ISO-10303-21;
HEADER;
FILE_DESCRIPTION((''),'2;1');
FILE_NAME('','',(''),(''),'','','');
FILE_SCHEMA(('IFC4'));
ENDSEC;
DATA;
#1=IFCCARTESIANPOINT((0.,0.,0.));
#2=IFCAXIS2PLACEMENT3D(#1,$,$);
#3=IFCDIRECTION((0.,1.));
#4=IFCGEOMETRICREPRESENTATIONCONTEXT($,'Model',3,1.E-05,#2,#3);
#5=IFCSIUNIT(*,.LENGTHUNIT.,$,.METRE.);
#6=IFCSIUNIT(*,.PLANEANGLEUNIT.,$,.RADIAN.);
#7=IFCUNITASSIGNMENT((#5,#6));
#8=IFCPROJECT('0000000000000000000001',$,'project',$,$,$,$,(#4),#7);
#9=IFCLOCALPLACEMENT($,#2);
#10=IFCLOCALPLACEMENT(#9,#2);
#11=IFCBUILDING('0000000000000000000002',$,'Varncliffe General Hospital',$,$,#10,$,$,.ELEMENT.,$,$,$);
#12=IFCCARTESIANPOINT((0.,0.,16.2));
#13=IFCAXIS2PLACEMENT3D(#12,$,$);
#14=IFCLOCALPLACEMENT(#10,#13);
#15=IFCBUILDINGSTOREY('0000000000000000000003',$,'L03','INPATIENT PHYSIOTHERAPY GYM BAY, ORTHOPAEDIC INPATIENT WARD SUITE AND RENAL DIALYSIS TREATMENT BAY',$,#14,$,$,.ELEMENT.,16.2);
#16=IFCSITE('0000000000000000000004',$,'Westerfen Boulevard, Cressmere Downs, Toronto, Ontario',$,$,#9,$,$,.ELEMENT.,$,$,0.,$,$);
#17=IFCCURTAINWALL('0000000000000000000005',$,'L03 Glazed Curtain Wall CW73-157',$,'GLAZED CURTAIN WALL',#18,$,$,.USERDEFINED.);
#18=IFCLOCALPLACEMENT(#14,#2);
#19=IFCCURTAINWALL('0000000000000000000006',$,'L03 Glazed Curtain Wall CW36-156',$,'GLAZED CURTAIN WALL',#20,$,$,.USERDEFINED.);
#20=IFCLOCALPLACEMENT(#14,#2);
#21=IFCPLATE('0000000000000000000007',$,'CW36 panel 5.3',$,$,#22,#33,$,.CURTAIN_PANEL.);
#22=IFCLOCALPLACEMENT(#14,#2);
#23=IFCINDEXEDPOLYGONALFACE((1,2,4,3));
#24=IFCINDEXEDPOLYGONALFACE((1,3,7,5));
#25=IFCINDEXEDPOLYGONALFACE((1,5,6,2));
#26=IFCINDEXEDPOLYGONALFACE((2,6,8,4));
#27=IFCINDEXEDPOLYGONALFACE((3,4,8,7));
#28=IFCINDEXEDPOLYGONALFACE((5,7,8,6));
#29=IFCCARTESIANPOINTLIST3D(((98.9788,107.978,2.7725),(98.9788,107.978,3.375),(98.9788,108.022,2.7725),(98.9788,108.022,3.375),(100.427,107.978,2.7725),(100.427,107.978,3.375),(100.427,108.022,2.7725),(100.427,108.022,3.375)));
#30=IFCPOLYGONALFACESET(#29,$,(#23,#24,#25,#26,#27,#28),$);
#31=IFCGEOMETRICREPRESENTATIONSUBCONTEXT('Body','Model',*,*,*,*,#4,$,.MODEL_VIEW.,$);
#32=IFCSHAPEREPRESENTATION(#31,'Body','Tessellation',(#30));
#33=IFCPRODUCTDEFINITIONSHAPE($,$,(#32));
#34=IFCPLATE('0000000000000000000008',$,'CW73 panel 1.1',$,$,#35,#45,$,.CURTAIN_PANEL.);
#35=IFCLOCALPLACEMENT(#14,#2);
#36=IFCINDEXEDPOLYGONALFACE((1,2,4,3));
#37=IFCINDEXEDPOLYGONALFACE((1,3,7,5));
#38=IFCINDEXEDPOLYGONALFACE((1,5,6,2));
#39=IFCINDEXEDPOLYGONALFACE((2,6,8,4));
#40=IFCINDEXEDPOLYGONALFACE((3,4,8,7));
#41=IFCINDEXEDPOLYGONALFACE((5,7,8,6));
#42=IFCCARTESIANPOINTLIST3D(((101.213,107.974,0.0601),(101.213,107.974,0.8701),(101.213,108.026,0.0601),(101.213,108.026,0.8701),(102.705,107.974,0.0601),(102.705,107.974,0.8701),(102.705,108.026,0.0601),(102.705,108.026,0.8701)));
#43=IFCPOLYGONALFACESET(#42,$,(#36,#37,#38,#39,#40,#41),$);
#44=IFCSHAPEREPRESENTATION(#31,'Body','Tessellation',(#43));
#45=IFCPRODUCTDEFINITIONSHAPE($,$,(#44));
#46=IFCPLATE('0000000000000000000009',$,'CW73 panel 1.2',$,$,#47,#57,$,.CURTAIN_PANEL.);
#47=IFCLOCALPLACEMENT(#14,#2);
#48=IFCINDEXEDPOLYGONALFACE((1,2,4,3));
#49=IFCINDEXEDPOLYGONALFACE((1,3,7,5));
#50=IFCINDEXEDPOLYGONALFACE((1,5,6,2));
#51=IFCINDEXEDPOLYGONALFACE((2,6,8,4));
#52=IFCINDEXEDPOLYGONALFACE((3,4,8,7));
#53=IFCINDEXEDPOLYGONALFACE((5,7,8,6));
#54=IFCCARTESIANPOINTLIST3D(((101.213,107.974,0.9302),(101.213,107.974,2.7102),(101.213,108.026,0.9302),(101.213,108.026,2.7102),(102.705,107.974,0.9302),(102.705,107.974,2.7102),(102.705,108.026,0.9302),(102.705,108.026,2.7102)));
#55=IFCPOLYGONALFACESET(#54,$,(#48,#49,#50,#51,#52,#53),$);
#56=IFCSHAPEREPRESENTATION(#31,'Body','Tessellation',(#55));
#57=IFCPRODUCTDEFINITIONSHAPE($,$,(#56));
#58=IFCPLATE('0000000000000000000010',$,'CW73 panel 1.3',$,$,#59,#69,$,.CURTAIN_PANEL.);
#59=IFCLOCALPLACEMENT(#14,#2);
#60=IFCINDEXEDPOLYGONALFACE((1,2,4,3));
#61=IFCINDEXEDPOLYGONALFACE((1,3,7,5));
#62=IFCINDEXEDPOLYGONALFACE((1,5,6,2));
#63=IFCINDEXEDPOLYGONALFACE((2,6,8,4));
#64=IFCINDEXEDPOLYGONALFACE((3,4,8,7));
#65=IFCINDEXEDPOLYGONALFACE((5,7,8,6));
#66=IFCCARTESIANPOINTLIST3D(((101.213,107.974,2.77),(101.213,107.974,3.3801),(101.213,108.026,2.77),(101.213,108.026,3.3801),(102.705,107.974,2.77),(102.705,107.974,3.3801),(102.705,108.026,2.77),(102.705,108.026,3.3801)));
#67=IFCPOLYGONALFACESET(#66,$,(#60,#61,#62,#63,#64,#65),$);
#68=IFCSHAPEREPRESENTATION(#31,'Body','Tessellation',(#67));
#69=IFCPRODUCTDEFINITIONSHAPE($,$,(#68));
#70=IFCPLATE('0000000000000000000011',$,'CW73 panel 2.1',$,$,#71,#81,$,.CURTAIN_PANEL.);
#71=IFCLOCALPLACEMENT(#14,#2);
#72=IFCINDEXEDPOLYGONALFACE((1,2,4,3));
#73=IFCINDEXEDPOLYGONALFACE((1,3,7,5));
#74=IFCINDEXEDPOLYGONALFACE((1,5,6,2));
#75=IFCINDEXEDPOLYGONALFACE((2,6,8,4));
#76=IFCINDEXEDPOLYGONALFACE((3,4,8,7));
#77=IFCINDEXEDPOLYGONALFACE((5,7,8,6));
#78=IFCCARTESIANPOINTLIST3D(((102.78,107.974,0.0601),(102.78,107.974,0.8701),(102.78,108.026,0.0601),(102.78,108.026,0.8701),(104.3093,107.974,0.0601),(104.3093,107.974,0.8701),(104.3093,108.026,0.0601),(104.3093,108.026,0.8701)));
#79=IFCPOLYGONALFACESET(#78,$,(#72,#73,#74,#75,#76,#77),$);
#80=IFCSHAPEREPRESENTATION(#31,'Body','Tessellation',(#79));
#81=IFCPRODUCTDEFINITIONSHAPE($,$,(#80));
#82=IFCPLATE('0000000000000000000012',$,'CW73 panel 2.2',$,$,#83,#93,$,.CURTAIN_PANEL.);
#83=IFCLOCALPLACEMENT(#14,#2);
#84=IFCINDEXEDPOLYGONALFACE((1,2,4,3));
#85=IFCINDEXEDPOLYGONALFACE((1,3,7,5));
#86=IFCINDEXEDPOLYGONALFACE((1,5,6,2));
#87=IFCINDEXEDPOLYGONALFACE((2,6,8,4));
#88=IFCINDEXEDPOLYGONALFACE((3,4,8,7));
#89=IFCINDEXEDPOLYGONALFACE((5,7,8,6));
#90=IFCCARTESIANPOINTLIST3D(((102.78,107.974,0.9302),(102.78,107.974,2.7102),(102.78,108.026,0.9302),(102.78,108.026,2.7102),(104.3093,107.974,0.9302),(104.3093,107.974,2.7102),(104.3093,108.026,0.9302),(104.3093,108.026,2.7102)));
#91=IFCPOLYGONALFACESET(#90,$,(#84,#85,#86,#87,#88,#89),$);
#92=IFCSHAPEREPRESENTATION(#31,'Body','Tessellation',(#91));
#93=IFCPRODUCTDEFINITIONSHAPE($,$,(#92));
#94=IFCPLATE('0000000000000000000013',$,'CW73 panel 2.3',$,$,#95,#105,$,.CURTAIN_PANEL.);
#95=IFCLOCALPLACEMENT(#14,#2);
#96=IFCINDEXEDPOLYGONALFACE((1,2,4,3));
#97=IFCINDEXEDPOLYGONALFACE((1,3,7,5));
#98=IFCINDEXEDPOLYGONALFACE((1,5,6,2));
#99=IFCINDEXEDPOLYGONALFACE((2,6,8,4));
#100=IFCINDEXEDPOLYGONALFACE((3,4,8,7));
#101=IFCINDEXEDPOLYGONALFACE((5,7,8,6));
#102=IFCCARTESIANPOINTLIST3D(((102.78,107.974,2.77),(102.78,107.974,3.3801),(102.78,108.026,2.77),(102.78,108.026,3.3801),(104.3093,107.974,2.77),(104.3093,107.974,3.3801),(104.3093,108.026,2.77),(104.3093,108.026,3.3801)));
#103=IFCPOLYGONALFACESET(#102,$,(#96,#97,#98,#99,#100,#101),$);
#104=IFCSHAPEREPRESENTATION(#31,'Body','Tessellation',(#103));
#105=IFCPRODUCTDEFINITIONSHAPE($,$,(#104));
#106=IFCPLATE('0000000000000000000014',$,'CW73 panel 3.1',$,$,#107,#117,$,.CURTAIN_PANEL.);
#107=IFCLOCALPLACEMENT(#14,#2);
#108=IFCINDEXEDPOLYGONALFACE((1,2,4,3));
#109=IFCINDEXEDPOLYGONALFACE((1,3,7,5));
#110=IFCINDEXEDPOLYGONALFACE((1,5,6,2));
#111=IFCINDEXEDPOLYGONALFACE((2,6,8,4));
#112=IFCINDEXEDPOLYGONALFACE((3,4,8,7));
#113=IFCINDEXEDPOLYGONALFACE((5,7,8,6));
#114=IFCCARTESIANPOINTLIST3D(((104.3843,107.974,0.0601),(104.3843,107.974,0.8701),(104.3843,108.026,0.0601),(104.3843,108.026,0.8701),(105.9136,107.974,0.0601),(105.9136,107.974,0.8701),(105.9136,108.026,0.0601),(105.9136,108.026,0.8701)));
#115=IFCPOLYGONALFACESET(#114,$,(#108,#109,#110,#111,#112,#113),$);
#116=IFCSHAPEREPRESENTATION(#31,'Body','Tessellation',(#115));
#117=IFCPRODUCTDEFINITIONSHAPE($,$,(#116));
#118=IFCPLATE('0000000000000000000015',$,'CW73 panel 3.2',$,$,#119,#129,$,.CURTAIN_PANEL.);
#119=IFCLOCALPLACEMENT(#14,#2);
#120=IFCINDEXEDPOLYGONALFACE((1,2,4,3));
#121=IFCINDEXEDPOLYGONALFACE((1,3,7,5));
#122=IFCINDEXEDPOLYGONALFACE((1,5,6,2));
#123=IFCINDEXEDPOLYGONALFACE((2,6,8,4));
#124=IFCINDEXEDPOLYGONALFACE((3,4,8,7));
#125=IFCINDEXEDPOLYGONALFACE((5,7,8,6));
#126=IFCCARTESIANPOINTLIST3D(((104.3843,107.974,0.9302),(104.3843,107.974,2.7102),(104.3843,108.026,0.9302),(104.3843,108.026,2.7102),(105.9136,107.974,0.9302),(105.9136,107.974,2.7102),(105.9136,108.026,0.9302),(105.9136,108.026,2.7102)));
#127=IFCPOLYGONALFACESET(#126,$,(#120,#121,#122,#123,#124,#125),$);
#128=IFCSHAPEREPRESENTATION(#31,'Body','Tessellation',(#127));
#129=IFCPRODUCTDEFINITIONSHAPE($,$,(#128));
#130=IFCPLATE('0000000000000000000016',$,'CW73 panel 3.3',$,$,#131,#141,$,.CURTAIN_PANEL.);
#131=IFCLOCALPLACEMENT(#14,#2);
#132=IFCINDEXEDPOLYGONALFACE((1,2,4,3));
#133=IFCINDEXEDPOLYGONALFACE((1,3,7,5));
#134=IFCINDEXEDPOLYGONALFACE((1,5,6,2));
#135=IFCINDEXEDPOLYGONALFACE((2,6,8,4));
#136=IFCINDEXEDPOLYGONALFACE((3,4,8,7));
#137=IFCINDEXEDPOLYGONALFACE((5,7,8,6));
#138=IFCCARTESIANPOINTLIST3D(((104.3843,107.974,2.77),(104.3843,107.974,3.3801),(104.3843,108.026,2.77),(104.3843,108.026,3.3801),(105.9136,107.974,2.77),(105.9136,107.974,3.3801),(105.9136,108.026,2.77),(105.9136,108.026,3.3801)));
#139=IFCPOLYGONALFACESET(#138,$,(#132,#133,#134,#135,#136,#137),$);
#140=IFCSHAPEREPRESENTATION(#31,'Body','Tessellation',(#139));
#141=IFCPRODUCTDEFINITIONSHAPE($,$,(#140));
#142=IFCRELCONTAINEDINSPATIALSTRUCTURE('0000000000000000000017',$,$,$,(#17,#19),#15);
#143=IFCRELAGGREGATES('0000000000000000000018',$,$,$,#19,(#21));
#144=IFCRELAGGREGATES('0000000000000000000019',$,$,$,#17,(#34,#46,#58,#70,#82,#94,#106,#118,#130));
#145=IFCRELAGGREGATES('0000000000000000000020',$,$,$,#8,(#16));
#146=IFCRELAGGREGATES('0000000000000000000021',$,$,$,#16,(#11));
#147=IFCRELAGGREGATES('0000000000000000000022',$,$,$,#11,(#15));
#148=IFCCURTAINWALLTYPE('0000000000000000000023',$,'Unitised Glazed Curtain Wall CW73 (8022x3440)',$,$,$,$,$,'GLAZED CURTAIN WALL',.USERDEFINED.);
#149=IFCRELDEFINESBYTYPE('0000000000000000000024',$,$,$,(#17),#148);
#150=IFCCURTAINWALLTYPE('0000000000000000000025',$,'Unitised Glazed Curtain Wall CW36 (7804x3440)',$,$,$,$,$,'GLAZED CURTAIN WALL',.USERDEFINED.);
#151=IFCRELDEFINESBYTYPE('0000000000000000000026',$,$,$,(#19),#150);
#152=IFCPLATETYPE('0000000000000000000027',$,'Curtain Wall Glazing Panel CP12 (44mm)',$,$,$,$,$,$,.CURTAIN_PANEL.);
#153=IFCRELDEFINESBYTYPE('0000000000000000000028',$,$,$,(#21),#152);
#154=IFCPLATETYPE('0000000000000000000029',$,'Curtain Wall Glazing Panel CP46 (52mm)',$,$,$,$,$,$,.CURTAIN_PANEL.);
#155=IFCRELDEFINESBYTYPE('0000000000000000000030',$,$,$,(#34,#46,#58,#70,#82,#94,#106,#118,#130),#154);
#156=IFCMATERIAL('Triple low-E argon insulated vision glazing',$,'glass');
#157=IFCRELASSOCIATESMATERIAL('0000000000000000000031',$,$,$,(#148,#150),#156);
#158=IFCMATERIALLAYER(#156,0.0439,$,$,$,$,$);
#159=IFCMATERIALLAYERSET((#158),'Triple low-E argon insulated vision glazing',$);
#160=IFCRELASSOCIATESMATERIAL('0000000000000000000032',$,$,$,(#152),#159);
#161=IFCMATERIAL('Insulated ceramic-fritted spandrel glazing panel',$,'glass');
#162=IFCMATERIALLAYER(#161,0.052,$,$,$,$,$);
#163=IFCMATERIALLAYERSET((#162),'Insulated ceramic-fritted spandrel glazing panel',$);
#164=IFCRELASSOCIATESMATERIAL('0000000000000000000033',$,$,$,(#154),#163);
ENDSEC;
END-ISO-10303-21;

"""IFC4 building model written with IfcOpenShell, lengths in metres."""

from ifc_helpers import new_model, si_unit, direction, frame, origin, origin_2d, place, context, subcontext, project, spatial, rectangle, extrude, material, layer, layer_set, type_object, element, aggregate, save


model = new_model("IFC4")

# Units and contexts
model_context = context("Model", 3, precision=1e-05, world=origin(), true_north=direction((0.0, 1.0)))
body_context = subcontext(model_context, "Body", "Model", "MODEL_VIEW")
ifc_project = project(units=[si_unit("LENGTHUNIT", "METRE"), si_unit("PLANEANGLEUNIT", "RADIAN")], contexts=[model_context])

# Site, building, storey
site_placement = place(None, origin())
site = spatial("IfcSite", under=ifc_project, at=site_placement, Name="Westerfen Boulevard, Cressmere Downs, Toronto, Ontario", CompositionType="ELEMENT", RefElevation=0.0)
building_placement = place(site_placement, origin())
building = spatial("IfcBuilding", under=site, at=building_placement, Name="Varncliffe General Hospital", CompositionType="ELEMENT")
storey_placement = place(building_placement, frame((0.0, 0.0, 16.2)))
storey = spatial("IfcBuildingStorey", under=building, at=storey_placement, Name="L03", Description="INPATIENT PHYSIOTHERAPY GYM BAY, ORTHOPAEDIC INPATIENT WARD SUITE AND RENAL DIALYSIS TREATMENT BAY", CompositionType="ELEMENT", Elevation=16.2)

# Curtain wall
ifc_material_1 = material(Name="Triple low-E argon insulated vision glazing", Category="glass")
curtain_wall_type_1 = type_object("IfcCurtainWallType", Name="Unitised Glazed Curtain Wall CW73 (8022x3440)", ElementType="GLAZED CURTAIN WALL", PredefinedType="USERDEFINED", material=ifc_material_1)
curtain_wall_1_placement = place(storey_placement, origin())
curtain_wall_1 = element("IfcCurtainWall", 1, at=curtain_wall_1_placement, inside=storey, type_object=curtain_wall_type_1, Name="L03 Glazed Curtain Wall CW73-157", ObjectType="GLAZED CURTAIN WALL", PredefinedType="USERDEFINED")

# Curtain wall
curtain_wall_type_2 = type_object("IfcCurtainWallType", Name="Unitised Glazed Curtain Wall CW36 (7804x3440)", ElementType="GLAZED CURTAIN WALL", PredefinedType="USERDEFINED", material=ifc_material_1)
curtain_wall_2_placement = place(storey_placement, origin())
curtain_wall_2 = element("IfcCurtainWall", 2, at=curtain_wall_2_placement, inside=storey, type_object=curtain_wall_type_2, Name="L03 Glazed Curtain Wall CW36-156", ObjectType="GLAZED CURTAIN WALL", PredefinedType="USERDEFINED")

# Plates
ifc_layer_1 = layer(ifc_material_1, 0.0439)
ifc_layer_set_1 = layer_set([ifc_layer_1], Name="Triple low-E argon insulated vision glazing")
plate_type_1 = type_object("IfcPlateType", Name="Curtain Wall Glazing Panel CP12 (44mm)", PredefinedType="CURTAIN_PANEL", material=ifc_layer_set_1)
plate_1_placement = place(storey_placement, frame((99.7029, 108.0, 2.7725), z_axis=(0.0, 0.0, 1.0), x_axis=(1.0, 0.0, 0.0)))
plate_1 = element("IfcPlate", 3, at=plate_1_placement, type_object=plate_type_1, Name="CW36 panel 5.3", PredefinedType="CURTAIN_PANEL", context=body_context, shape_type="SweptSolid", body=[
    extrude(rectangle(XDim=1.4482, YDim=0.0439, at=origin_2d()), origin(), (0.0, 0.0, 1.0), 0.6025),
])
aggregate(curtain_wall_2, [plate_1])
ifc_material_2 = material(Name="Insulated ceramic-fritted spandrel glazing panel", Category="glass")
ifc_layer_2 = layer(ifc_material_2, 0.052)
ifc_layer_set_2 = layer_set([ifc_layer_2], Name="Insulated ceramic-fritted spandrel glazing panel")
plate_type_2 = type_object("IfcPlateType", Name="Curtain Wall Glazing Panel CP46 (52mm)", PredefinedType="CURTAIN_PANEL", material=ifc_layer_set_2)
plate_2_placement = place(storey_placement, frame((101.959, 108.0, 0.0601), z_axis=(0.0, 0.0, 1.0), x_axis=(1.0, 0.0, 0.0)))
plate_2 = element("IfcPlate", 4, at=plate_2_placement, type_object=plate_type_2, Name="CW73 panel 1.1", PredefinedType="CURTAIN_PANEL", context=body_context, shape_type="SweptSolid", body=[
    extrude(rectangle(XDim=1.4919, YDim=0.052, at=origin_2d()), origin(), (0.0, 0.0, 1.0), 0.8101),
])
plate_3_placement = place(storey_placement, frame((101.959, 108.0, 0.9302), z_axis=(0.0, 0.0, 1.0), x_axis=(1.0, 0.0, 0.0)))
plate_3 = element("IfcPlate", 5, at=plate_3_placement, type_object=plate_type_2, Name="CW73 panel 1.2", PredefinedType="CURTAIN_PANEL", context=body_context, shape_type="SweptSolid", body=[
    extrude(rectangle(XDim=1.4919, YDim=0.052, at=origin_2d()), origin(), (0.0, 0.0, 1.0), 1.78),
])
plate_4_placement = place(storey_placement, frame((101.959, 108.0, 2.77), z_axis=(0.0, 0.0, 1.0), x_axis=(1.0, 0.0, 0.0)))
plate_4 = element("IfcPlate", 6, at=plate_4_placement, type_object=plate_type_2, Name="CW73 panel 1.3", PredefinedType="CURTAIN_PANEL", context=body_context, shape_type="SweptSolid", body=[
    extrude(rectangle(XDim=1.4919, YDim=0.052, at=origin_2d()), origin(), (0.0, 0.0, 1.0), 0.6101),
])
plate_5_placement = place(storey_placement, frame((103.5447, 108.0, 0.0601), z_axis=(0.0, 0.0, 1.0), x_axis=(1.0, 0.0, 0.0)))
plate_5 = element("IfcPlate", 7, at=plate_5_placement, type_object=plate_type_2, Name="CW73 panel 2.1", PredefinedType="CURTAIN_PANEL", context=body_context, shape_type="SweptSolid", body=[
    extrude(rectangle(XDim=1.5293, YDim=0.052, at=origin_2d()), origin(), (0.0, 0.0, 1.0), 0.8101),
])
plate_6_placement = place(storey_placement, frame((103.5447, 108.0, 0.9302), z_axis=(0.0, 0.0, 1.0), x_axis=(1.0, 0.0, 0.0)))
plate_6 = element("IfcPlate", 8, at=plate_6_placement, type_object=plate_type_2, Name="CW73 panel 2.2", PredefinedType="CURTAIN_PANEL", context=body_context, shape_type="SweptSolid", body=[
    extrude(rectangle(XDim=1.5293, YDim=0.052, at=origin_2d()), origin(), (0.0, 0.0, 1.0), 1.78),
])
plate_7_placement = place(storey_placement, frame((103.5447, 108.0, 2.77), z_axis=(0.0, 0.0, 1.0), x_axis=(1.0, 0.0, 0.0)))
plate_7 = element("IfcPlate", 9, at=plate_7_placement, type_object=plate_type_2, Name="CW73 panel 2.3", PredefinedType="CURTAIN_PANEL", context=body_context, shape_type="SweptSolid", body=[
    extrude(rectangle(XDim=1.5293, YDim=0.052, at=origin_2d()), origin(), (0.0, 0.0, 1.0), 0.6101),
])
plate_8_placement = place(storey_placement, frame((105.1489, 108.0, 0.0601), z_axis=(0.0, 0.0, 1.0), x_axis=(1.0, 0.0, 0.0)))
plate_8 = element("IfcPlate", 10, at=plate_8_placement, type_object=plate_type_2, Name="CW73 panel 3.1", PredefinedType="CURTAIN_PANEL", context=body_context, shape_type="SweptSolid", body=[
    extrude(rectangle(XDim=1.5293, YDim=0.052, at=origin_2d()), origin(), (0.0, 0.0, 1.0), 0.8101),
])
plate_9_placement = place(storey_placement, frame((105.1489, 108.0, 0.9302), z_axis=(0.0, 0.0, 1.0), x_axis=(1.0, 0.0, 0.0)))
plate_9 = element("IfcPlate", 11, at=plate_9_placement, type_object=plate_type_2, Name="CW73 panel 3.2", PredefinedType="CURTAIN_PANEL", context=body_context, shape_type="SweptSolid", body=[
    extrude(rectangle(XDim=1.5293, YDim=0.052, at=origin_2d()), origin(), (0.0, 0.0, 1.0), 1.78),
])
plate_10_placement = place(storey_placement, frame((105.1489, 108.0, 2.77), z_axis=(0.0, 0.0, 1.0), x_axis=(1.0, 0.0, 0.0)))
plate_10 = element("IfcPlate", 12, at=plate_10_placement, type_object=plate_type_2, Name="CW73 panel 3.3", PredefinedType="CURTAIN_PANEL", context=body_context, shape_type="SweptSolid", body=[
    extrude(rectangle(XDim=1.5293, YDim=0.052, at=origin_2d()), origin(), (0.0, 0.0, 1.0), 0.6101),
])
aggregate(curtain_wall_1, [plate_2, plate_3, plate_4, plate_5, plate_6, plate_7, plate_8, plate_9, plate_10])

save(model, "model.ifc")
